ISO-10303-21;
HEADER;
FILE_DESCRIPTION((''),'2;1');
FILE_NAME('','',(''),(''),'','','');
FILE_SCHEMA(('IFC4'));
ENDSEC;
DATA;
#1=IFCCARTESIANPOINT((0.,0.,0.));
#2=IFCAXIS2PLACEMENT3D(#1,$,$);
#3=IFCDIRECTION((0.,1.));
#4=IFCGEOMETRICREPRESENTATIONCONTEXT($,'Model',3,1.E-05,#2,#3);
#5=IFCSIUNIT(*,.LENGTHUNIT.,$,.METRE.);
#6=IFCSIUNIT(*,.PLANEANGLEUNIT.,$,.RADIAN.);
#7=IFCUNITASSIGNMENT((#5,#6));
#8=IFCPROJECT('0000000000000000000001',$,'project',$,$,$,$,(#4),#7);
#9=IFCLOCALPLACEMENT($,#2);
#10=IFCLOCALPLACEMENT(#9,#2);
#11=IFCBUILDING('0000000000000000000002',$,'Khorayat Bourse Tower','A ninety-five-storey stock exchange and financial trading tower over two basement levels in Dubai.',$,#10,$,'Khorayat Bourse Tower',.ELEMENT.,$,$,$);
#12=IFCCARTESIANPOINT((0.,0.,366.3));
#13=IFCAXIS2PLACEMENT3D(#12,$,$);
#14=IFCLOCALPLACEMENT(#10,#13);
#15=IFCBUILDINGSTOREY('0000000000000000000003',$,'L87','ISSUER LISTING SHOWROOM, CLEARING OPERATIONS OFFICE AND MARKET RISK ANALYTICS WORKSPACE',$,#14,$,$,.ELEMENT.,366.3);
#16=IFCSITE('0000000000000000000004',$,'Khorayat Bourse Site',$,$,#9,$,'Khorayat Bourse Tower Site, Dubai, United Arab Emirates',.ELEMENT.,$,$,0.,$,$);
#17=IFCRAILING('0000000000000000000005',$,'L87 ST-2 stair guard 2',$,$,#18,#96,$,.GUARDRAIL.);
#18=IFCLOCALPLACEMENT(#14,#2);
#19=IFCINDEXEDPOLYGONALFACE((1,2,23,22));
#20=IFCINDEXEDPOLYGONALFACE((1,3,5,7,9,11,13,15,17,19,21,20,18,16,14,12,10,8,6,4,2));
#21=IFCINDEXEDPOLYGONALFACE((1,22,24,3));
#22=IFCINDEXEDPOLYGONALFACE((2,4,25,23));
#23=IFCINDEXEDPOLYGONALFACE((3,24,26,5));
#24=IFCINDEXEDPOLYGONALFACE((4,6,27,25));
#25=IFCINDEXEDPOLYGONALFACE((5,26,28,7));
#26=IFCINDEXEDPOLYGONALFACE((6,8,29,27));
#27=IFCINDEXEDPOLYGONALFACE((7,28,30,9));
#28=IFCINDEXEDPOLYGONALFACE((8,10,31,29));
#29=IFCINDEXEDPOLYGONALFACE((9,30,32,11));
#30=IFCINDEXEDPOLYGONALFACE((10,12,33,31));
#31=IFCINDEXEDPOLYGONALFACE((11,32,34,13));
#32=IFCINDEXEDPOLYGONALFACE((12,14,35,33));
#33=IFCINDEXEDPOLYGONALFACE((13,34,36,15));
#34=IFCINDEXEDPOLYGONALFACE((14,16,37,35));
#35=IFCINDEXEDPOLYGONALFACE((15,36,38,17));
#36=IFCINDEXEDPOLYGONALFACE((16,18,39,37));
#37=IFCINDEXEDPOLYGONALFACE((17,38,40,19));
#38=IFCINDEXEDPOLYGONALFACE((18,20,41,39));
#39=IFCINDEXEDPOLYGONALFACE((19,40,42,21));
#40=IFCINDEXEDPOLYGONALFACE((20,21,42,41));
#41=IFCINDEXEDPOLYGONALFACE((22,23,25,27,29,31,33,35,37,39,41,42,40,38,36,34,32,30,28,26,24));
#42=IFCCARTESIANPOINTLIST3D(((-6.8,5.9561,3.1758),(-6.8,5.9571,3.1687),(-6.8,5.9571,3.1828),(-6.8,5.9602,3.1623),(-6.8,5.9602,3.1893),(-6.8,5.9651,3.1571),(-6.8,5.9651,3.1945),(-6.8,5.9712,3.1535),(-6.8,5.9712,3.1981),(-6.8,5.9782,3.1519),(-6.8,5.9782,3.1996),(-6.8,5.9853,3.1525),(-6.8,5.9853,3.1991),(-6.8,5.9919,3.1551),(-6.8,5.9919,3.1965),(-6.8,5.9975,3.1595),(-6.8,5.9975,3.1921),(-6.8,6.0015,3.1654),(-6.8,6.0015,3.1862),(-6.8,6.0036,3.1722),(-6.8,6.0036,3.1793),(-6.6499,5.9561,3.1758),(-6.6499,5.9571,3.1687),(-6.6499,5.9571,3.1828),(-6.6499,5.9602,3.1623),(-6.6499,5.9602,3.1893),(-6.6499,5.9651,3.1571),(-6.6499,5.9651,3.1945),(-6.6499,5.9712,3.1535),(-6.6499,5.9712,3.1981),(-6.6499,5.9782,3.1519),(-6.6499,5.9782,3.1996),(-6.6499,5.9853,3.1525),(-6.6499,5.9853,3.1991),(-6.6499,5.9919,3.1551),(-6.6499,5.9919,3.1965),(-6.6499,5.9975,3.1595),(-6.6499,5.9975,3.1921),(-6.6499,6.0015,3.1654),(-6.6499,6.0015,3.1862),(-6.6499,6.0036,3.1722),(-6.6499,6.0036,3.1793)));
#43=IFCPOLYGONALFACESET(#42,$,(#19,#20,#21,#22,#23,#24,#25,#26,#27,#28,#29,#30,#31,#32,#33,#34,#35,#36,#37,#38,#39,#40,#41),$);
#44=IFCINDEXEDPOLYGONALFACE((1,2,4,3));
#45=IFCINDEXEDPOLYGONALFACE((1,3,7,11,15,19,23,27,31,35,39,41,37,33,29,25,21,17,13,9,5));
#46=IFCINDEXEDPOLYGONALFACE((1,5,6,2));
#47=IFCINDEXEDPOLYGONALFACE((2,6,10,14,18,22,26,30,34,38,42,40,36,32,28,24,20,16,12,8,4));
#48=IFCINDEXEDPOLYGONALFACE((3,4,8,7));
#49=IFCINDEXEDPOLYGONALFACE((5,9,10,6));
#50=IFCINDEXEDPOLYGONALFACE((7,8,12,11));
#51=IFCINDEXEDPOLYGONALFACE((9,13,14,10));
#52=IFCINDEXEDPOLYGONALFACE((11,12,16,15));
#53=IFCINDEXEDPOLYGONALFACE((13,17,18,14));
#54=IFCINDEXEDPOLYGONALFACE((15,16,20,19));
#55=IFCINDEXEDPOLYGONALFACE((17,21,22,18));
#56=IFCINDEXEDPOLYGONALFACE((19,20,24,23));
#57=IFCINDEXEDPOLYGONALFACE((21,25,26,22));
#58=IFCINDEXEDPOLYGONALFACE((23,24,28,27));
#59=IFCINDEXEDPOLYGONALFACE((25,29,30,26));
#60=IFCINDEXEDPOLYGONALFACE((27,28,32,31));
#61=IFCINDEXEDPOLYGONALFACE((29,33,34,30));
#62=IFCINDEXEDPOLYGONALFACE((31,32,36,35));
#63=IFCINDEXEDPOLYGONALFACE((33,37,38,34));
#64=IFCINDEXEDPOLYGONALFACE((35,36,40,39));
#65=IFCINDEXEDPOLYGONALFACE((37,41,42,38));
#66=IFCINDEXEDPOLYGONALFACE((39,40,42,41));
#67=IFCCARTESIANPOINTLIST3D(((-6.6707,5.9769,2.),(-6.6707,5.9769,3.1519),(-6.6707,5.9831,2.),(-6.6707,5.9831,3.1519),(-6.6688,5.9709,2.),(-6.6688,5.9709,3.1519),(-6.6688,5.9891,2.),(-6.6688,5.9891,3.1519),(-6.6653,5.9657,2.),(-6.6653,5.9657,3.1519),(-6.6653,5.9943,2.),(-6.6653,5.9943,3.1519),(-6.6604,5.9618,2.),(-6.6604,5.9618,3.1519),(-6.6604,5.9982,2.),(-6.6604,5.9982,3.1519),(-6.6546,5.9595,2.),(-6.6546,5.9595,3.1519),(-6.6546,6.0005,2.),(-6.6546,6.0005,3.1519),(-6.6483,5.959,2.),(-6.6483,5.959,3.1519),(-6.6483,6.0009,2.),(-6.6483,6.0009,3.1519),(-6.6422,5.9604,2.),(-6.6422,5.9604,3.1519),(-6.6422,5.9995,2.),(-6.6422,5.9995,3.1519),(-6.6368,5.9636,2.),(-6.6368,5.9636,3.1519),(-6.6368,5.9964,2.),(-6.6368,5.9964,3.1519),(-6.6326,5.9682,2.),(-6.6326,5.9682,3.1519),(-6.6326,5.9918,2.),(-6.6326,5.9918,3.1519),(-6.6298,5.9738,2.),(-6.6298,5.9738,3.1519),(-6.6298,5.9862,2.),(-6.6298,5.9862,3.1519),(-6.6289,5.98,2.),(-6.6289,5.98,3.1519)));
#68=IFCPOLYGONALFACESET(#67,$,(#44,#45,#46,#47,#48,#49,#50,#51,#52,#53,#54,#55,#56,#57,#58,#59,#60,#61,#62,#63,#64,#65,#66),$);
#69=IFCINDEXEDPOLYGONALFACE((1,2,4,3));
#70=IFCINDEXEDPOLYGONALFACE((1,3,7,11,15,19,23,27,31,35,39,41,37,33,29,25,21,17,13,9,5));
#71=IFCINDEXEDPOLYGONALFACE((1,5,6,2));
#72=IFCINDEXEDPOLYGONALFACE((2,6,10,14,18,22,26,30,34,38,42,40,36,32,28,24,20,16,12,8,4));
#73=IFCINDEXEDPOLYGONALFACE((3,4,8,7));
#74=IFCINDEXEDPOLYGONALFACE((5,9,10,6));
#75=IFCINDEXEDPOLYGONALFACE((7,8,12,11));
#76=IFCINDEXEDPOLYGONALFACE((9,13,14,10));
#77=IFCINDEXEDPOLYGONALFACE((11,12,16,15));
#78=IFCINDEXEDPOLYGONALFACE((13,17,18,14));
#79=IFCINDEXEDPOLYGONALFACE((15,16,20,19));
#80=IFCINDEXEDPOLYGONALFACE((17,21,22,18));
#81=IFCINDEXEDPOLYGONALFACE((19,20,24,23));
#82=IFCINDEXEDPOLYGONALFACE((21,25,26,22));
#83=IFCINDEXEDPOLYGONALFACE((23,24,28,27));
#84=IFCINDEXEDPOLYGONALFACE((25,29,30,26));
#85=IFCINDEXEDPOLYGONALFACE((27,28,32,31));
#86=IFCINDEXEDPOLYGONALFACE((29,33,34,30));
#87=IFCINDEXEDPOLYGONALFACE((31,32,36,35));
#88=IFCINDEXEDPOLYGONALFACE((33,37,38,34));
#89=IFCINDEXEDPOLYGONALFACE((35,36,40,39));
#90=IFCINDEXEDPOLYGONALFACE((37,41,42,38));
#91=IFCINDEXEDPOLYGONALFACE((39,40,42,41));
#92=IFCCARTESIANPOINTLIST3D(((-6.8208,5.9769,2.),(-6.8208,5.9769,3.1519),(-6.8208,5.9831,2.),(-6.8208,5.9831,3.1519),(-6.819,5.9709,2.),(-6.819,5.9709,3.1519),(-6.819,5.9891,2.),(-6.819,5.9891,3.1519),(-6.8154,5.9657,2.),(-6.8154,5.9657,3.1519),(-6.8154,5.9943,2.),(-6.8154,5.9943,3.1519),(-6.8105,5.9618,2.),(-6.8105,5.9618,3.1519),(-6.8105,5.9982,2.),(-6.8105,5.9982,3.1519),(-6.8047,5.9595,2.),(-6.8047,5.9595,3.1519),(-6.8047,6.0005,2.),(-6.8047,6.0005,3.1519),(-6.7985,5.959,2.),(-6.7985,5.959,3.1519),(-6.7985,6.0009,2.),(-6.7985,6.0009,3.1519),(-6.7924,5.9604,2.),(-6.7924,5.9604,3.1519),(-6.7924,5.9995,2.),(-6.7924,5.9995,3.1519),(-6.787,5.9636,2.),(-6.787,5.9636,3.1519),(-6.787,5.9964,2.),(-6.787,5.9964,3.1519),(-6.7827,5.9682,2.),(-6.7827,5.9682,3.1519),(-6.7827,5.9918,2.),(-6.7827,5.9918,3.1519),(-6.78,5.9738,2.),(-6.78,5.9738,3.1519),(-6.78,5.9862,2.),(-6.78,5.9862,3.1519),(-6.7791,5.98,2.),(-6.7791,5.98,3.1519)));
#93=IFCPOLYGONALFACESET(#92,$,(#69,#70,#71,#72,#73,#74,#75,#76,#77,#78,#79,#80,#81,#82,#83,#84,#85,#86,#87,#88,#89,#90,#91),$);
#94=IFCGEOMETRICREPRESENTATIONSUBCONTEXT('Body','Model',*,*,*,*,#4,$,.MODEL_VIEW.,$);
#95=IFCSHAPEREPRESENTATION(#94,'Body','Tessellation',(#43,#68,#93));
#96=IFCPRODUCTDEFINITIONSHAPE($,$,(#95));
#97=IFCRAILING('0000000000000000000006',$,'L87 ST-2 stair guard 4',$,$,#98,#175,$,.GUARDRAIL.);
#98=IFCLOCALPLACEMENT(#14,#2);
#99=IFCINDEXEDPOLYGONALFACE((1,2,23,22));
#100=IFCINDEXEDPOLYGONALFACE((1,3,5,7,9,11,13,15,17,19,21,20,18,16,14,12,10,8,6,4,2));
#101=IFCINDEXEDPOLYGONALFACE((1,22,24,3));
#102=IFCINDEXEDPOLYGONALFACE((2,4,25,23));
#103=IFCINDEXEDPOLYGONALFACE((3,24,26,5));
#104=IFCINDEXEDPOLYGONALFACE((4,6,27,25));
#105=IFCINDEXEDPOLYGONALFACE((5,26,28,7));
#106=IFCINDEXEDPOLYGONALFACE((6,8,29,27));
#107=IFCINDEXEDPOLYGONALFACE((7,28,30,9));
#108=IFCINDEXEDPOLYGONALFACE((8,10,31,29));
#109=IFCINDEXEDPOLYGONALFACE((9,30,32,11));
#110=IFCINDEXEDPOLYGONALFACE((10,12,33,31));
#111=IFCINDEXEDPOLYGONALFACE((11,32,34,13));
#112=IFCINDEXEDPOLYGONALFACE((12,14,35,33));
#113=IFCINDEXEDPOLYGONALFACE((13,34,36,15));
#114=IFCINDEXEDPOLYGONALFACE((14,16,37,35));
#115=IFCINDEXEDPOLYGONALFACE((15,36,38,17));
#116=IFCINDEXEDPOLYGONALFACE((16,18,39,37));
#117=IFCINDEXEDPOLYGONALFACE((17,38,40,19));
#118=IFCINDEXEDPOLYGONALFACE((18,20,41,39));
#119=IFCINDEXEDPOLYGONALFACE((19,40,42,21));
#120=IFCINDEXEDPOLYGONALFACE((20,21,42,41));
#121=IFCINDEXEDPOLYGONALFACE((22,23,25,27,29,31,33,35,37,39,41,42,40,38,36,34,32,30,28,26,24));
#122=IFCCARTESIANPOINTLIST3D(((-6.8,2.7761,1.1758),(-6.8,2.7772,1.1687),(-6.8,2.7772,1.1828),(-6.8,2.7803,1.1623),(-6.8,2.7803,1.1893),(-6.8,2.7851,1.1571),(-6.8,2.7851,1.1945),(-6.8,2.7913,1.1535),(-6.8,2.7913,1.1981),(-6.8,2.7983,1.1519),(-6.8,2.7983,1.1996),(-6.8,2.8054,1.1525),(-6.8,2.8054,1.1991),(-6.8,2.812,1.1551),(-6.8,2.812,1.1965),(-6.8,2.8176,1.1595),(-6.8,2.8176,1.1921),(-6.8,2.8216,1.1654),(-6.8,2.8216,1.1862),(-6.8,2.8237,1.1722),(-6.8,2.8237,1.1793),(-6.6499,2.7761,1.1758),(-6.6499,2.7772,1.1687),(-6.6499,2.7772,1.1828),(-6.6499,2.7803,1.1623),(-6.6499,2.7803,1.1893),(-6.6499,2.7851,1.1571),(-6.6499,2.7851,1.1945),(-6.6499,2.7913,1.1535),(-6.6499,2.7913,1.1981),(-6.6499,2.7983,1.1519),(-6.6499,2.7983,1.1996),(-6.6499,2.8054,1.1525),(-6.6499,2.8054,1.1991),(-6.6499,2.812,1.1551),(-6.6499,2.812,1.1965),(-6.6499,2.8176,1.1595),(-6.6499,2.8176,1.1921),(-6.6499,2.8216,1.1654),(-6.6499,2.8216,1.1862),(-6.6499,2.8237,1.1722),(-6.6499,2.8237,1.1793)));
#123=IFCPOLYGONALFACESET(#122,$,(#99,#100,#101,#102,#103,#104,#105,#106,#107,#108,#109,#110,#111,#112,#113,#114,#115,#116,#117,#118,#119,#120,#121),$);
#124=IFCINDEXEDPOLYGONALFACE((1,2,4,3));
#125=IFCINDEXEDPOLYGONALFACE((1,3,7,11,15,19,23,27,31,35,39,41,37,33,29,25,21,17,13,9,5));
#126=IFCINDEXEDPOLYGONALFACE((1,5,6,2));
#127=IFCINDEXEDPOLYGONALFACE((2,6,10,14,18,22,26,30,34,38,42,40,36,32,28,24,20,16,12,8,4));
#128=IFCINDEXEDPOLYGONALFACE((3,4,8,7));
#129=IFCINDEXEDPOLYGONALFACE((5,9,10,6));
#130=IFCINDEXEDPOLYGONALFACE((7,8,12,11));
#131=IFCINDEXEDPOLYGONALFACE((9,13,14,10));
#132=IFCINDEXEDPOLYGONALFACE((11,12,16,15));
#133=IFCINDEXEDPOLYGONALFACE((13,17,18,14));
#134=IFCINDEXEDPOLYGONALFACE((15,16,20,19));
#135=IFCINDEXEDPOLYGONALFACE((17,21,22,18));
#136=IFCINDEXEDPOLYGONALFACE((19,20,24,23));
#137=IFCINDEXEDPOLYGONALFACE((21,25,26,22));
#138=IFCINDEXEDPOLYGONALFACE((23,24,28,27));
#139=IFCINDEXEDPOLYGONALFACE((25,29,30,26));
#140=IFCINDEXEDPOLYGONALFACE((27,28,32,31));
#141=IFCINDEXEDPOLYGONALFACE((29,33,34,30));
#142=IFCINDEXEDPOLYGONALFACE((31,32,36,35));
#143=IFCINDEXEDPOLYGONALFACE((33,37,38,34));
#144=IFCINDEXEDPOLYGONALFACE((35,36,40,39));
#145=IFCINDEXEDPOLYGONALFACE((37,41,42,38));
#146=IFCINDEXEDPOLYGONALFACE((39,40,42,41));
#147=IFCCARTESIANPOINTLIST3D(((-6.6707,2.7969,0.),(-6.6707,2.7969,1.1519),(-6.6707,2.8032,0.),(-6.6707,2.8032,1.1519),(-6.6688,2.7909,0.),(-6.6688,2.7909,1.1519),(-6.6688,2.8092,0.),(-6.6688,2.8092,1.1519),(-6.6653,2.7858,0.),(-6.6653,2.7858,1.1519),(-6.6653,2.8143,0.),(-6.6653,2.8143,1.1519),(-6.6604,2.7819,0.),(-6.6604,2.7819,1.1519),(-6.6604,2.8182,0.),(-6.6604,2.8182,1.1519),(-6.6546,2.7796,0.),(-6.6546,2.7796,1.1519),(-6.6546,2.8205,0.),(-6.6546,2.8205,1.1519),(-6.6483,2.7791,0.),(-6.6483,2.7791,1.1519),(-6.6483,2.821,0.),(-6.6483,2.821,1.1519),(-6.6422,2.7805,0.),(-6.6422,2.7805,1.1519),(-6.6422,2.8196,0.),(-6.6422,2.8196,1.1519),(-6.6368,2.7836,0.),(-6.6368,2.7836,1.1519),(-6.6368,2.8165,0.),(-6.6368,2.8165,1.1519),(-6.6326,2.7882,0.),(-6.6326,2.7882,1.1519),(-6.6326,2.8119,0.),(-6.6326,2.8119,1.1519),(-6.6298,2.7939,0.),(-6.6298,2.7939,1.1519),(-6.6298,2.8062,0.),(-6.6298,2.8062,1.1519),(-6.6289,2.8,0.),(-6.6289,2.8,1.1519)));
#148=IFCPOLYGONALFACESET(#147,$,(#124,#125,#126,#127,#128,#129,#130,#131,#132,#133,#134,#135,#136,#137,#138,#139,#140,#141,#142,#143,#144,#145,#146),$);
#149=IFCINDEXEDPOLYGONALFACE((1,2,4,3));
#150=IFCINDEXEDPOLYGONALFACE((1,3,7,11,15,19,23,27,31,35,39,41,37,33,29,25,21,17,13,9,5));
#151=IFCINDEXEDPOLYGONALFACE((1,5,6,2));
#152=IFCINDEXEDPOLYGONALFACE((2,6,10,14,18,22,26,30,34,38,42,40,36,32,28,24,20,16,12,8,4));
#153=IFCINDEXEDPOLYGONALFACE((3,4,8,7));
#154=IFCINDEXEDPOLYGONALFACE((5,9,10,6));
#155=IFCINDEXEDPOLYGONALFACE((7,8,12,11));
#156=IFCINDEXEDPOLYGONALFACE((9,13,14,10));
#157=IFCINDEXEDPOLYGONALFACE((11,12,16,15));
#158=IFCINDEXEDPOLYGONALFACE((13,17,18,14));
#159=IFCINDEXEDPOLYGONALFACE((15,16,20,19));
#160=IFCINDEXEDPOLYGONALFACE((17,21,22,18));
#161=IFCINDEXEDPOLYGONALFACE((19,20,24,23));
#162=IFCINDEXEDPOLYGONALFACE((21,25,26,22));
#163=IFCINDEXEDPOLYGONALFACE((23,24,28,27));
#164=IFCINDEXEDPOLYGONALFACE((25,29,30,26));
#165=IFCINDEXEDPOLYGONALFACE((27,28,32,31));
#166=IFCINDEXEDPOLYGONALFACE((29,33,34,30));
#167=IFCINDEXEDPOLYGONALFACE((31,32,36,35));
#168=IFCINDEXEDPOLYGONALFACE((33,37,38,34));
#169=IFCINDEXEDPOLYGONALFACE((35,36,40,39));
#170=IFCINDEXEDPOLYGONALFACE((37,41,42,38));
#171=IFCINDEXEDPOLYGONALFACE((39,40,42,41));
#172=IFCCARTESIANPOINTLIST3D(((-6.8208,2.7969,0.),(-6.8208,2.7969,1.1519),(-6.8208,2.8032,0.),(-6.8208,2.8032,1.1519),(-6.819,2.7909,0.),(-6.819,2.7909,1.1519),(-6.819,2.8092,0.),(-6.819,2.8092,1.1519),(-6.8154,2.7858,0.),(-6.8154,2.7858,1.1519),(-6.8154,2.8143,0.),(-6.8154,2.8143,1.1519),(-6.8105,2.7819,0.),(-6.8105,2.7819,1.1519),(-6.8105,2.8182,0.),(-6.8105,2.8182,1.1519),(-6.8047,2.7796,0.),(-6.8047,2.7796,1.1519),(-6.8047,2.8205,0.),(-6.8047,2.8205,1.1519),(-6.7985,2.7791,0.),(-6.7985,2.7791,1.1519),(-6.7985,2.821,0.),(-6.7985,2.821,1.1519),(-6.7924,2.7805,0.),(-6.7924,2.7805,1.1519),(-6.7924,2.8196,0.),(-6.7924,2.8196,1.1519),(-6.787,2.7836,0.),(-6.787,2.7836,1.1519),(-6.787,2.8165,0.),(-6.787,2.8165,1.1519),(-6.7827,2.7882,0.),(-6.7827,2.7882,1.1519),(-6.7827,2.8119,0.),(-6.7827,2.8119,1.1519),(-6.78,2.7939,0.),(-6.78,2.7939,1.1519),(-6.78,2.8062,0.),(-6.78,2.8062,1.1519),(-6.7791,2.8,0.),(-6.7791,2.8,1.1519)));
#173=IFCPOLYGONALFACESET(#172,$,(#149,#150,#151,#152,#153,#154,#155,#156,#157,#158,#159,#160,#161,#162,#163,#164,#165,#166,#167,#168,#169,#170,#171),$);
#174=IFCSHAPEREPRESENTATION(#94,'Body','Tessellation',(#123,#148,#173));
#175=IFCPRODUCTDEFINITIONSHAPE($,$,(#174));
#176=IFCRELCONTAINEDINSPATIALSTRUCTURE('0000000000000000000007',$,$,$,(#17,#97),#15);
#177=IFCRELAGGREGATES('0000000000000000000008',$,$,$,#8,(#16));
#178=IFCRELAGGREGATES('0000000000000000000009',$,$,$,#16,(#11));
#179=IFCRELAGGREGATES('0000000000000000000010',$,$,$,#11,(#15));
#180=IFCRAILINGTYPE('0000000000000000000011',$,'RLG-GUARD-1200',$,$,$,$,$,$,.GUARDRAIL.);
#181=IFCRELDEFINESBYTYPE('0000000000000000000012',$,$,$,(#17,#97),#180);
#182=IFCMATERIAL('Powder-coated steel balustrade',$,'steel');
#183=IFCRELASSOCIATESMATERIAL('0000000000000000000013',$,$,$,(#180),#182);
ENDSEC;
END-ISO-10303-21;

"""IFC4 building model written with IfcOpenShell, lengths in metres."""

from ifc_helpers import new_model, si_unit, direction, frame, origin, origin_2d, place, context, subcontext, project, spatial, circle, extrude, source, transform, mapped, material, type_object, element, save


model = new_model("IFC4")

# Units and contexts
model_context = context("Model", 3, precision=1e-05, world=origin(), true_north=direction((0.0, 1.0)))
body_context = subcontext(model_context, "Body", "Model", "MODEL_VIEW")
ifc_project = project(units=[si_unit("LENGTHUNIT", "METRE"), si_unit("PLANEANGLEUNIT", "RADIAN")], contexts=[model_context])

# Site, building, storey
site_placement = place(None, origin())
site = spatial("IfcSite", under=ifc_project, at=site_placement, Name="Khorayat Bourse Site", LongName="Khorayat Bourse Tower Site, Dubai, United Arab Emirates", CompositionType="ELEMENT", RefElevation=0.0)
building_placement = place(site_placement, origin())
building = spatial("IfcBuilding", under=site, at=building_placement, Name="Khorayat Bourse Tower", Description="A ninety-five-storey stock exchange and financial trading tower over two basement levels in Dubai.", LongName="Khorayat Bourse Tower", CompositionType="ELEMENT")
storey_placement = place(building_placement, frame((0.0, 0.0, 366.3)))
storey = spatial("IfcBuildingStorey", under=building, at=storey_placement, Name="L87", Description="ISSUER LISTING SHOWROOM, CLEARING OPERATIONS OFFICE AND MARKET RISK ANALYTICS WORKSPACE", CompositionType="ELEMENT", Elevation=366.3)

# Railings
ifc_material_1 = material(Name="Powder-coated steel balustrade", Category="steel")
railing_type_1 = type_object("IfcRailingType", Name="RLG-GUARD-1200", PredefinedType="GUARDRAIL", material=ifc_material_1)
shared_shape_1 = source(origin(), body_context, "Body", "SweptSolid", [
    extrude(circle(Radius=0.0239, at=origin_2d()), frame((0.0, 0.0, 1.1758), z_axis=(-1.0, 0.0, 0.0), x_axis=(0.0, -1.0, 0.0)), (0.0, 0.0, 1.0), 0.1501),
    extrude(circle(Radius=0.021, at=origin_2d()), origin(), (0.0, 0.0, 1.0), 1.1519),
    extrude(circle(Radius=0.021, at=origin_2d()), frame((-0.1501, 0.0, 0.0)), (0.0, 0.0, 1.0), 1.1519),
])
for number, where, name in (
    (1, (-6.6499, 5.98, 2.0), "L87 ST-2 stair guard 2"),
    (2, (-6.6499, 2.8, 0.0), "L87 ST-2 stair guard 4"),
):
    element("IfcRailing", number, at=place(storey_placement, frame(where)), inside=storey, type_object=railing_type_1, Name=name, PredefinedType="GUARDRAIL", context=body_context, shape_type="MappedRepresentation", body=[
        mapped(shared_shape_1, transform((0.0, 0.0, 0.0), scale=1.0)),
    ])

save(model, "model.ifc")
